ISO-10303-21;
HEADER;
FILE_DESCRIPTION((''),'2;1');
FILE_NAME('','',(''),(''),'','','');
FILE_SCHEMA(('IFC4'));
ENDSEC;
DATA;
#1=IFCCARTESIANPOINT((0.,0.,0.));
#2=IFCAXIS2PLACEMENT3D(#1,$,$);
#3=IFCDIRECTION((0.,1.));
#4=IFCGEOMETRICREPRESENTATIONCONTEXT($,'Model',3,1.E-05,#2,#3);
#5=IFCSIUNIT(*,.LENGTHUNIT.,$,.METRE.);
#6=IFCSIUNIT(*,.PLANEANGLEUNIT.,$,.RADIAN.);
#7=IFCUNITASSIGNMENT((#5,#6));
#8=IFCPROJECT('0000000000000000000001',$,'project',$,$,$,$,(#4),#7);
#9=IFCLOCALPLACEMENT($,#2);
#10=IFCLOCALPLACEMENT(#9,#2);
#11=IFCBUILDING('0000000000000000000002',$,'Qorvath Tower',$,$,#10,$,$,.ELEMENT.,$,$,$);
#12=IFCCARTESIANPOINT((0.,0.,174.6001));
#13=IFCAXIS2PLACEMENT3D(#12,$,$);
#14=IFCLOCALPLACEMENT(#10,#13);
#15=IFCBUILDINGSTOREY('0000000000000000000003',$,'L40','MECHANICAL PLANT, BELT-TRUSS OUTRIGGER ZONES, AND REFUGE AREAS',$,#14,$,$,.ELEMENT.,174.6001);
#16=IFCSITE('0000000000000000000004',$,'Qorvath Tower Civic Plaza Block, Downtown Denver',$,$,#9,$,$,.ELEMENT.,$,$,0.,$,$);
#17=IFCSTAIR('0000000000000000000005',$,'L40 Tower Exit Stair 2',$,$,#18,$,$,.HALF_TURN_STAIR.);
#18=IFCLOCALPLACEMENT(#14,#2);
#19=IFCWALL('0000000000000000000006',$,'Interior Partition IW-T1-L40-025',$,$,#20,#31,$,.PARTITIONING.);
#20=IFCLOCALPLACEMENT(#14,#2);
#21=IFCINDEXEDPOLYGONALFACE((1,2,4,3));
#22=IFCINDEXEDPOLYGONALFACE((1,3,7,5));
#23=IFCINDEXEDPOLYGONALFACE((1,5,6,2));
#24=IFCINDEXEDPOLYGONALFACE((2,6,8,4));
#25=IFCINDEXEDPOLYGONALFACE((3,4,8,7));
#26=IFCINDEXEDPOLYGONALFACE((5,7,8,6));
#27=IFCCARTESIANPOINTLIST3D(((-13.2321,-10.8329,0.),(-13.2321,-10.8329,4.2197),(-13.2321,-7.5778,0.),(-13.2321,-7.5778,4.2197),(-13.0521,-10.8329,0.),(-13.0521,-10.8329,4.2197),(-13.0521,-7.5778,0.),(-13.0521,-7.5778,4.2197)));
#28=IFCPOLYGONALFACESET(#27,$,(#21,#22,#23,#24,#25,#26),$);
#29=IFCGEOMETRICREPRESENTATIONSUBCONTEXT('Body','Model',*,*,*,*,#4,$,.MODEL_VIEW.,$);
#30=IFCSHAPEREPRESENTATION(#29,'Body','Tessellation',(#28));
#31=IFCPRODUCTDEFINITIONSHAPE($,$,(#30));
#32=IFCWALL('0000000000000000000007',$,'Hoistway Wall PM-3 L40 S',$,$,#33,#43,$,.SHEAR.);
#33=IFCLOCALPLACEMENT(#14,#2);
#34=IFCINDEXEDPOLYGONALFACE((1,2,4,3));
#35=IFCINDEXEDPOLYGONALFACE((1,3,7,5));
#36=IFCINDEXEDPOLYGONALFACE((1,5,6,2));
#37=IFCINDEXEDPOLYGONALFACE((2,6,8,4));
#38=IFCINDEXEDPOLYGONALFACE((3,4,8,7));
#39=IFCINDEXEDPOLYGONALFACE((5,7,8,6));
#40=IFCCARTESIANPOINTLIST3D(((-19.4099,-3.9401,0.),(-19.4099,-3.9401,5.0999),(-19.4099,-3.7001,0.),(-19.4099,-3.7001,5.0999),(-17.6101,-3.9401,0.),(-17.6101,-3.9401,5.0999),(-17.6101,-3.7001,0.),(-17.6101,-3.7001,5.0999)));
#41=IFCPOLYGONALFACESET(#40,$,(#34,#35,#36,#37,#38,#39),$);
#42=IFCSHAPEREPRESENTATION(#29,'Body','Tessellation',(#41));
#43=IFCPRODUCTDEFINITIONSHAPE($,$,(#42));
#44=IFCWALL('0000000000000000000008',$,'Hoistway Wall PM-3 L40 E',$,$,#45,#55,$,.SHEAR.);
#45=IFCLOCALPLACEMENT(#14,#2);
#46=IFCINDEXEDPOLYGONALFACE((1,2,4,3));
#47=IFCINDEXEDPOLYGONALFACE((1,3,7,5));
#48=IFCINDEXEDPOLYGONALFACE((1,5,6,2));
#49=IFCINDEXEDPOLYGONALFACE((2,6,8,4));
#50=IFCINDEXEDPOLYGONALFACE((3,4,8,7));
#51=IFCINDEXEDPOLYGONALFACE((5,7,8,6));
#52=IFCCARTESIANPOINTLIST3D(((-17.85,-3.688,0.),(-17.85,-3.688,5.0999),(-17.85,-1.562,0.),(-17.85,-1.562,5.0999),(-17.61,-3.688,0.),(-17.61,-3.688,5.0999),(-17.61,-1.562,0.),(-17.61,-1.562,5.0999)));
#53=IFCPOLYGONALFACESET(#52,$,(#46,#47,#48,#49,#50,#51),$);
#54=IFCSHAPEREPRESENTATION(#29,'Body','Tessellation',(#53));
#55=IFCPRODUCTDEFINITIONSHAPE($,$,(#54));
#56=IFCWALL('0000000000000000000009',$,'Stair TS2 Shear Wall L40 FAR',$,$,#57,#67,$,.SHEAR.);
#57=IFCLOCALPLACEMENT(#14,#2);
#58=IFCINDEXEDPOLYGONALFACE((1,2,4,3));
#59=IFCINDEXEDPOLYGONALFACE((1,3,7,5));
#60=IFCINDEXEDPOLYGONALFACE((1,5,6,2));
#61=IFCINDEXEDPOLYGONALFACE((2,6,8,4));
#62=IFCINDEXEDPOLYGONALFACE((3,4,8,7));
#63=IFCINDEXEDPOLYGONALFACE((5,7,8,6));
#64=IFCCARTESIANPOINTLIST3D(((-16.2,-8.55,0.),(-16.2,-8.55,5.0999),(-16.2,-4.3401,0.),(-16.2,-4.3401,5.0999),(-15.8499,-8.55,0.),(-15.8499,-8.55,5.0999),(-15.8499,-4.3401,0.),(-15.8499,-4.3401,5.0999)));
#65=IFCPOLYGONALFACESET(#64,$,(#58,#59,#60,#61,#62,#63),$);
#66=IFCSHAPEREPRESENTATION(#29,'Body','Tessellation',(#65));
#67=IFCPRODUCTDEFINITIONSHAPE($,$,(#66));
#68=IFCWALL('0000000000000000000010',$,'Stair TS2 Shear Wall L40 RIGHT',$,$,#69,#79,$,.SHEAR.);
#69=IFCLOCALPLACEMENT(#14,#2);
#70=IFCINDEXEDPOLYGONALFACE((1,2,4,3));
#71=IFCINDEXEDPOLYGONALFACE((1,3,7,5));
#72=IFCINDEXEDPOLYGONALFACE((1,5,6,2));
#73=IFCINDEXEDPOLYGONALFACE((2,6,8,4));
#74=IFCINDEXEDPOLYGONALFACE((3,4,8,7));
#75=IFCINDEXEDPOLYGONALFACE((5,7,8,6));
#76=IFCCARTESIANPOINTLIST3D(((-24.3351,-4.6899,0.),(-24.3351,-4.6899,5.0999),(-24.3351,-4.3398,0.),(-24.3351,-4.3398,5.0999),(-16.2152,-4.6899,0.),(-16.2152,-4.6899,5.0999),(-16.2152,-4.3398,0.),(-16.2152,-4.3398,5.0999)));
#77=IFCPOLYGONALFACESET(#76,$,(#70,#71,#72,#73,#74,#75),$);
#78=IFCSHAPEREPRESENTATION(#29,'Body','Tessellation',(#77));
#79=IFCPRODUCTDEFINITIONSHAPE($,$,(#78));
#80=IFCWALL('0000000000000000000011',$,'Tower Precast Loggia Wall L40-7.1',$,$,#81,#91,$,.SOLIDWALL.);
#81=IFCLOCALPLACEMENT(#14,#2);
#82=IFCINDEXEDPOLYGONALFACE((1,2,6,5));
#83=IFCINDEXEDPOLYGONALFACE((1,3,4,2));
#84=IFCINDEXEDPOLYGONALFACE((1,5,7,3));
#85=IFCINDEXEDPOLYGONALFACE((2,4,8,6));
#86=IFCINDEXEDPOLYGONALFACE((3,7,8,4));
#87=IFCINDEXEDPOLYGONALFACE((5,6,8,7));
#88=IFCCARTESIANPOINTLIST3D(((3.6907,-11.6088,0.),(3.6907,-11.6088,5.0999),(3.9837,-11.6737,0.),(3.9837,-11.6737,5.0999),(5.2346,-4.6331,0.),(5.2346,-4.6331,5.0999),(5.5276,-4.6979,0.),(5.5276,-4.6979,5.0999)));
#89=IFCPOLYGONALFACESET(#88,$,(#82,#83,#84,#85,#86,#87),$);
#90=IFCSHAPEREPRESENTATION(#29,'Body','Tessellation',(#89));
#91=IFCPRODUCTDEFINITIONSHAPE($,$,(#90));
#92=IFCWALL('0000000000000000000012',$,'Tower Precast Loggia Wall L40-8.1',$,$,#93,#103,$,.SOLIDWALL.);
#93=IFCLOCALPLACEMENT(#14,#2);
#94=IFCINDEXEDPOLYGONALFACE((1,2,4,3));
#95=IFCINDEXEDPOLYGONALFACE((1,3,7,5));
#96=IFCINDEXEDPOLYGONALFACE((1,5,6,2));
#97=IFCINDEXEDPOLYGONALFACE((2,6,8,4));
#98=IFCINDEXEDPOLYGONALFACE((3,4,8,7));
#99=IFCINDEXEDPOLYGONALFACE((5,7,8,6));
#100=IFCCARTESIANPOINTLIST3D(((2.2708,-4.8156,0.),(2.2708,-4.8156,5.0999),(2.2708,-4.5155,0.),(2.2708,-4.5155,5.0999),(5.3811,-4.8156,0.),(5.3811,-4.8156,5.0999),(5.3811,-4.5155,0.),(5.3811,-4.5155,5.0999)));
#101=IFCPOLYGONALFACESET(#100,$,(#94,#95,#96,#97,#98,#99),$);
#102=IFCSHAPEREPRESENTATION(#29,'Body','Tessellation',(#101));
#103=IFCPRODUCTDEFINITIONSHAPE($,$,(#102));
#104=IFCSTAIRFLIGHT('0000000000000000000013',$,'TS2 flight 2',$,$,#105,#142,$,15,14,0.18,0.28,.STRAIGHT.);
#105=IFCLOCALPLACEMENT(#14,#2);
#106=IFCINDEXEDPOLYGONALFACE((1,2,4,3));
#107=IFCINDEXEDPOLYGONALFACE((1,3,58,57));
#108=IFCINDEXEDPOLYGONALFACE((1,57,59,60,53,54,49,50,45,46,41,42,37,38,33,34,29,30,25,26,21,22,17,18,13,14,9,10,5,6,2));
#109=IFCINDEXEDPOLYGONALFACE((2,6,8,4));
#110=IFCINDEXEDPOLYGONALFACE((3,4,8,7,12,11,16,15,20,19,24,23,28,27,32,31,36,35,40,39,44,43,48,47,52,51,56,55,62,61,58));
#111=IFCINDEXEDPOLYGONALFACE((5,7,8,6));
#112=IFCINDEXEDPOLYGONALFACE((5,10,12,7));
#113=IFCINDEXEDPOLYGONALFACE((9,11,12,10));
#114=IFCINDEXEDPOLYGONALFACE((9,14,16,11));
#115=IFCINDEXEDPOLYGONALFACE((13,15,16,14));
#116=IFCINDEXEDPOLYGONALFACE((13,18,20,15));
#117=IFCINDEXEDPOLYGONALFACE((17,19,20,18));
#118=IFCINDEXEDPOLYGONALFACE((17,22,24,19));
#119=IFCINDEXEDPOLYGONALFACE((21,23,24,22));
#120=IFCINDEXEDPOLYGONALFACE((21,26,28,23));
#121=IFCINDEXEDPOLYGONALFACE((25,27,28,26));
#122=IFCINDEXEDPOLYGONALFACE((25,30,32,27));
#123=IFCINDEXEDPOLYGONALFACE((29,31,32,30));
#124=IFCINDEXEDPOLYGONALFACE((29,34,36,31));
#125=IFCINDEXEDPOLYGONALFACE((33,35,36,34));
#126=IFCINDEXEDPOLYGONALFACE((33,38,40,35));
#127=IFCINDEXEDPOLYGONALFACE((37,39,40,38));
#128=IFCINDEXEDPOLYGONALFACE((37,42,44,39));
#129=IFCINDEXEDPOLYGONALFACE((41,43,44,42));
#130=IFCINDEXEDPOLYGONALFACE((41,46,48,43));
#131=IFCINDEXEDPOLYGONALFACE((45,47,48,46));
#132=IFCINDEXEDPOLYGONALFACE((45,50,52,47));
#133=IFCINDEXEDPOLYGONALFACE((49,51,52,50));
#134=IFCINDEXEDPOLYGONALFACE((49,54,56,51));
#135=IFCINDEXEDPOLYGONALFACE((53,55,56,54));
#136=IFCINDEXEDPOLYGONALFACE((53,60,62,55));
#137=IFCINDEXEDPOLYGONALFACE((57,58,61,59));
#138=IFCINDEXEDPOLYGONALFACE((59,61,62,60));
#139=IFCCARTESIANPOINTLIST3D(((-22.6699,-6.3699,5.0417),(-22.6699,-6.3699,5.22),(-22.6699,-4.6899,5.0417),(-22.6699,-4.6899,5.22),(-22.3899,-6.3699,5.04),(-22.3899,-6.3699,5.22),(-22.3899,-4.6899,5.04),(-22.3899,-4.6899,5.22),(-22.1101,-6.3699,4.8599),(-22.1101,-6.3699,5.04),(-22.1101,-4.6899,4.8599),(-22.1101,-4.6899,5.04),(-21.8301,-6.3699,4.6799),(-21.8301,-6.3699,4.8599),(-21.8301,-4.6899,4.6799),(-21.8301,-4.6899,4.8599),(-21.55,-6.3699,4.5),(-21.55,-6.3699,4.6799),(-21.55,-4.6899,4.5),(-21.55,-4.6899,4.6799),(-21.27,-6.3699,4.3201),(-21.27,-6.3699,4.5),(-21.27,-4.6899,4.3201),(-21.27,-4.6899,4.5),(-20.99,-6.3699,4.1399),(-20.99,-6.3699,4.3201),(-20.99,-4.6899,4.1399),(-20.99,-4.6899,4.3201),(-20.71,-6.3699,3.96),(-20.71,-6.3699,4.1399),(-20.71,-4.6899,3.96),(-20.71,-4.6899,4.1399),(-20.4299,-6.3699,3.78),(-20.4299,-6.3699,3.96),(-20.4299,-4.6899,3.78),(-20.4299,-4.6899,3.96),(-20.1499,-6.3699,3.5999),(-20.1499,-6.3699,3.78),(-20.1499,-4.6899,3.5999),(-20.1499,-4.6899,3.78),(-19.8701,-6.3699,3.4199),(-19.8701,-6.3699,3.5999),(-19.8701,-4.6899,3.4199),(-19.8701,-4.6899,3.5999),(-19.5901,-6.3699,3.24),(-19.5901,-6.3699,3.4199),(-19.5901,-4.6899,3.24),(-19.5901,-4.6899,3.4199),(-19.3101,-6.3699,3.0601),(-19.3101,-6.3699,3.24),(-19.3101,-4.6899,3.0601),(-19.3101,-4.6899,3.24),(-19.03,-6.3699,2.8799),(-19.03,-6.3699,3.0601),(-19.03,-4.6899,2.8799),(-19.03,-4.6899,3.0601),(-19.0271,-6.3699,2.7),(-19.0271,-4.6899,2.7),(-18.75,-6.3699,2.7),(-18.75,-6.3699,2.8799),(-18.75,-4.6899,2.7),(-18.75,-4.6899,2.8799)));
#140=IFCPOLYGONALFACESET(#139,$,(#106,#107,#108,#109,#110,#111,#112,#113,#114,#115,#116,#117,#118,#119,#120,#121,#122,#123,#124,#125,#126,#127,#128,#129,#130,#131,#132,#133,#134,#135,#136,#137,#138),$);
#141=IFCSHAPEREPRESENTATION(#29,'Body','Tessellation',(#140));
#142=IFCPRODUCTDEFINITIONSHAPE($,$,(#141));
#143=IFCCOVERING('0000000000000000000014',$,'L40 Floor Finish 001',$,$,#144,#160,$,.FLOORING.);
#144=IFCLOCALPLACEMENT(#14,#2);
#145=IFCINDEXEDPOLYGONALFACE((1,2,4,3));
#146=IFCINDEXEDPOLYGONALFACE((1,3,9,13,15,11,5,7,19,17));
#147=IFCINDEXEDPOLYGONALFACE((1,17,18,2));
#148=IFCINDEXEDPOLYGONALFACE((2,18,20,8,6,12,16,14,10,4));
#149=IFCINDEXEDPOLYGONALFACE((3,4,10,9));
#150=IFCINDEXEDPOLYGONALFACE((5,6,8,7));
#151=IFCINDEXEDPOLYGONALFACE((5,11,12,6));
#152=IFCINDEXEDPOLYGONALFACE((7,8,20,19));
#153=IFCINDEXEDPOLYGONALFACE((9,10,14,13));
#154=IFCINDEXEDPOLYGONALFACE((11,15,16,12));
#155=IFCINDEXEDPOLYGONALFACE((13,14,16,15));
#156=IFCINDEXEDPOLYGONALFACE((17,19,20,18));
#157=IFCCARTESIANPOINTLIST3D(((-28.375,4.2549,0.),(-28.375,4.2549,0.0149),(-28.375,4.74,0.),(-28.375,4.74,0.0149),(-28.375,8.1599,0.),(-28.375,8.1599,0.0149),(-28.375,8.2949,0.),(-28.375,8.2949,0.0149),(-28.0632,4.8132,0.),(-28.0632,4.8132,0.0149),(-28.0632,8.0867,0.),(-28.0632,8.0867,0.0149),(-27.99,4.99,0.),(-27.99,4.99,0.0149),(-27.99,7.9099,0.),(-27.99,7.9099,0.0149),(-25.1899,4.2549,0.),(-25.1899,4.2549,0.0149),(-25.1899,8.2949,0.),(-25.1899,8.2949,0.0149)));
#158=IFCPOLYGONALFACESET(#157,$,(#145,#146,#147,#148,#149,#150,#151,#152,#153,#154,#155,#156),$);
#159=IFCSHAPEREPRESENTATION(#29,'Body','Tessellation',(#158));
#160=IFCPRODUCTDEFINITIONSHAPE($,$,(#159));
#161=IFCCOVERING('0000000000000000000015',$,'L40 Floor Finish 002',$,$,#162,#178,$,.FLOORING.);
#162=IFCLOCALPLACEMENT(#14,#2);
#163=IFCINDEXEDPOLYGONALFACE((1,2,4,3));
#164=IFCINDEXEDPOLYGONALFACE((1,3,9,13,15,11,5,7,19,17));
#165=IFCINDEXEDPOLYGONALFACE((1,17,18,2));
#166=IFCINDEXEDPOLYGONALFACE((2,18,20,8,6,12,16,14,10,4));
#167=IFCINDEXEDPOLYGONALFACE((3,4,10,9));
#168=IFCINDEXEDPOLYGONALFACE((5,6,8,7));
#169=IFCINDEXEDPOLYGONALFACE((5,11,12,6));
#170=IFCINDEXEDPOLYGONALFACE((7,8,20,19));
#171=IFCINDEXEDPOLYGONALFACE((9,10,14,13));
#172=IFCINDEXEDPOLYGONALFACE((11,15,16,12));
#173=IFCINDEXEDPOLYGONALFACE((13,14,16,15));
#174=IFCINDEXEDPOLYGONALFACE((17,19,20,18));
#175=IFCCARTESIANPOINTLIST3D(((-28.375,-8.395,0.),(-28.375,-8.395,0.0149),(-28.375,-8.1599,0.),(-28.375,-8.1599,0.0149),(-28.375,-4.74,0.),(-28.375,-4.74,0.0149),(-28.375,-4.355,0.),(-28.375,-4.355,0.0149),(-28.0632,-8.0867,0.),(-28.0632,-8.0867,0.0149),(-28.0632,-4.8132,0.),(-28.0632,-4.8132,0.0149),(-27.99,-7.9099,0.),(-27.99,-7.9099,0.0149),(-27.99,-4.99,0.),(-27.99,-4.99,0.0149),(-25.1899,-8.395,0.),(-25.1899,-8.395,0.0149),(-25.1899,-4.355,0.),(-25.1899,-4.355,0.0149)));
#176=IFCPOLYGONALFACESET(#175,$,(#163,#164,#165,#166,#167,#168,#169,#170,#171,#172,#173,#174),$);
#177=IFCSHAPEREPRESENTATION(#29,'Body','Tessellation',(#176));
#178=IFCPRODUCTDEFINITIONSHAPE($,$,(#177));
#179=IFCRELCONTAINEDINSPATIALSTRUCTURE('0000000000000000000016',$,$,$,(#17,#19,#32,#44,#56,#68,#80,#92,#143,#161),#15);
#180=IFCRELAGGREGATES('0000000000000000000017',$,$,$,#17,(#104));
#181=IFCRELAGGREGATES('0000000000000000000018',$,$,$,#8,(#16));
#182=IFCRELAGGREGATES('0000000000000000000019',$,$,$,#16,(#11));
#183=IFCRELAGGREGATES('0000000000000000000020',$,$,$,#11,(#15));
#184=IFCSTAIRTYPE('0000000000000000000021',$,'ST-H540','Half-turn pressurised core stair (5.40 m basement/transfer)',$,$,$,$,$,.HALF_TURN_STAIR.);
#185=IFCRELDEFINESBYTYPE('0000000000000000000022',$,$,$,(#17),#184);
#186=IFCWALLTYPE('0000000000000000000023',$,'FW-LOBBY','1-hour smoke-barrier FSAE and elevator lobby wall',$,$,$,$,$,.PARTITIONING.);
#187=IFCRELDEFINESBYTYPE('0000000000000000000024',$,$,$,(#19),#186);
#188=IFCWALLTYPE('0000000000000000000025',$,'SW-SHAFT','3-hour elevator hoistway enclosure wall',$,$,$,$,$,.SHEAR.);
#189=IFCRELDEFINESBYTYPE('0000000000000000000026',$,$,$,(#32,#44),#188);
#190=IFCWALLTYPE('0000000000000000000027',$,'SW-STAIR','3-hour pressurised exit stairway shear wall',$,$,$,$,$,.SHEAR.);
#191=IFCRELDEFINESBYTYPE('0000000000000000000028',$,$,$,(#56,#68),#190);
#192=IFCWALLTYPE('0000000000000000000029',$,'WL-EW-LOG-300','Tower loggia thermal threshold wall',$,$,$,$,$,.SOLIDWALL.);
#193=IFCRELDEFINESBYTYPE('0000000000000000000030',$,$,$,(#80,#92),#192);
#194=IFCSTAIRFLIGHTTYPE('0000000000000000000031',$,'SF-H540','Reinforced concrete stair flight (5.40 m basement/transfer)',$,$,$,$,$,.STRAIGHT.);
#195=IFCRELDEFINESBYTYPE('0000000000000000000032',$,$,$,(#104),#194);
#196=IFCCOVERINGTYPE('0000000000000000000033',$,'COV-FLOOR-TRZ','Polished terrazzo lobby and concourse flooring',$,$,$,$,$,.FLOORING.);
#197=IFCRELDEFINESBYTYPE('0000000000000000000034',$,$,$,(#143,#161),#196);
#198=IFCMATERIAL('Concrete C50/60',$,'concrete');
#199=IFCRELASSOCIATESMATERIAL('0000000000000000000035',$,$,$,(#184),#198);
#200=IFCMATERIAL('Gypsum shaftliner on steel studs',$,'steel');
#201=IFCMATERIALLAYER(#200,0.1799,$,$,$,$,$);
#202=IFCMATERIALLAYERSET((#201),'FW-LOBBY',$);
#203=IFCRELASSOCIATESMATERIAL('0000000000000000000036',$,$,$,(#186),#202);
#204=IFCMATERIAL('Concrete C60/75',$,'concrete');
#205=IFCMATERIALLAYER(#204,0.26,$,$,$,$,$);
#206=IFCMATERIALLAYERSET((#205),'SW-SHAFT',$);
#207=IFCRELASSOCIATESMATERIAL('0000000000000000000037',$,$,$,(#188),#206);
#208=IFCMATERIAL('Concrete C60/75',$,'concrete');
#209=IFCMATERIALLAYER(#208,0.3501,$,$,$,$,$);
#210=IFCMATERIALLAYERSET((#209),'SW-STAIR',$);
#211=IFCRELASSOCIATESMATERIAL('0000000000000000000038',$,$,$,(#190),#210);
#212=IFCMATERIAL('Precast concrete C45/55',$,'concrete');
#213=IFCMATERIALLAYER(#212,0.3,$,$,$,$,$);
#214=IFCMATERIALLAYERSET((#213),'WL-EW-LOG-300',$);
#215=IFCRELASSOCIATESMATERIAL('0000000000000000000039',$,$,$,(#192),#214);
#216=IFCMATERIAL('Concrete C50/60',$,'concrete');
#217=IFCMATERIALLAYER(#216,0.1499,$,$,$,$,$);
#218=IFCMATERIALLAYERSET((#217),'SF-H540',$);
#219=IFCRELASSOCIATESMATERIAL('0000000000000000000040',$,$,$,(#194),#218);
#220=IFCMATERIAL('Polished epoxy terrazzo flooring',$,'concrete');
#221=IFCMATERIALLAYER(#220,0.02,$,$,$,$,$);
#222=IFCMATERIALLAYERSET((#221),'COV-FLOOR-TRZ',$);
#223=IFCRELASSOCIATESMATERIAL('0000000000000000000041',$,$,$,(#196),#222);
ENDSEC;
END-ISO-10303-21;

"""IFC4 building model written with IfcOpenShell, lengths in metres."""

from ifc_helpers import new_model, si_unit, direction, frame, frame_2d, origin, place, context, subcontext, project, spatial, polyline, rectangle, outline, extrude, material, layer, layer_set, type_object, element, aggregate, save


model = new_model("IFC4")

# Units and contexts
model_context = context("Model", 3, precision=1e-05, world=origin(), true_north=direction((0.0, 1.0)))
body_context = subcontext(model_context, "Body", "Model", "MODEL_VIEW")
ifc_project = project(units=[si_unit("LENGTHUNIT", "METRE"), si_unit("PLANEANGLEUNIT", "RADIAN")], contexts=[model_context])

# Site, building, storey
site_placement = place(None, origin())
site = spatial("IfcSite", under=ifc_project, at=site_placement, Name="Qorvath Tower Civic Plaza Block, Downtown Denver", CompositionType="ELEMENT", RefElevation=0.0)
building_placement = place(site_placement, origin())
building = spatial("IfcBuilding", under=site, at=building_placement, Name="Qorvath Tower", CompositionType="ELEMENT")
storey_placement = place(building_placement, frame((0.0, 0.0, 174.6001)))
storey = spatial("IfcBuildingStorey", under=building, at=storey_placement, Name="L40", Description="MECHANICAL PLANT, BELT-TRUSS OUTRIGGER ZONES, AND REFUGE AREAS", CompositionType="ELEMENT", Elevation=174.6001)

# Stair
ifc_material_1 = material(Name="Concrete C50/60", Category="concrete")
stair_type = type_object("IfcStairType", Name="ST-H540", Description="Half-turn pressurised core stair (5.40 m basement/transfer)", PredefinedType="HALF_TURN_STAIR", material=ifc_material_1)
stair_1_placement = place(storey_placement, origin())
stair_1 = element("IfcStair", 1, at=stair_1_placement, inside=storey, type_object=stair_type, Name="L40 Tower Exit Stair 2", PredefinedType="HALF_TURN_STAIR")

# Shared definitions
ifc_material_2 = material(Name="Gypsum shaftliner on steel studs", Category="steel")
ifc_layer_1 = layer(ifc_material_2, 0.1799)
ifc_layer_set_1 = layer_set([ifc_layer_1], Name="FW-LOBBY")
wall_type_1 = type_object("IfcWallType", Name="FW-LOBBY", Description="1-hour smoke-barrier FSAE and elevator lobby wall", PredefinedType="PARTITIONING", material=ifc_layer_set_1)

# Walls
wall_1_placement = place(storey_placement, frame((-13.1421, -7.5779, 0.0), z_axis=(0.0, 0.0, 1.0), x_axis=(0.0, -1.0, 0.0)))
element("IfcWall", 2, at=wall_1_placement, inside=storey, type_object=wall_type_1, Name="Interior Partition IW-T1-L40-025", PredefinedType="PARTITIONING", context=body_context, shape_type="SweptSolid", body=[
    extrude(rectangle(XDim=3.2551, YDim=0.1799, at=frame_2d((1.6274, 0.0))), origin(), (0.0, 0.0, 1.0), 4.2197),
])
ifc_material_3 = material(Name="Concrete C60/75", Category="concrete")
ifc_layer_2 = layer(ifc_material_3, 0.26)
ifc_layer_set_2 = layer_set([ifc_layer_2], Name="SW-SHAFT")
wall_type_2 = type_object("IfcWallType", Name="SW-SHAFT", Description="3-hour elevator hoistway enclosure wall", PredefinedType="SHEAR", material=ifc_layer_set_2)
wall_2_placement = place(storey_placement, frame((-17.6101, -3.8201, 0.0), z_axis=(0.0, 0.0, 1.0), x_axis=(-1.0, 0.0, 0.0)))
element("IfcWall", 3, at=wall_2_placement, inside=storey, type_object=wall_type_2, Name="Hoistway Wall PM-3 L40 S", PredefinedType="SHEAR", context=body_context, shape_type="SweptSolid", body=[
    extrude(rectangle(XDim=1.7998, YDim=0.24, at=frame_2d((0.8999, 0.0))), origin(), (0.0, 0.0, 1.0), 5.0999),
])
wall_3_placement = place(storey_placement, frame((-17.73, -1.562, 0.0), z_axis=(0.0, 0.0, 1.0), x_axis=(0.0, -1.0, 0.0)))
element("IfcWall", 4, at=wall_3_placement, inside=storey, type_object=wall_type_2, Name="Hoistway Wall PM-3 L40 E", PredefinedType="SHEAR", context=body_context, shape_type="SweptSolid", body=[
    extrude(rectangle(XDim=2.126, YDim=0.24, at=frame_2d((1.063, 0.0))), origin(), (0.0, 0.0, 1.0), 5.0999),
])
ifc_material_4 = material(Name="Concrete C60/75", Category="concrete")
ifc_layer_3 = layer(ifc_material_4, 0.3501)
ifc_layer_set_3 = layer_set([ifc_layer_3], Name="SW-STAIR")
wall_type_3 = type_object("IfcWallType", Name="SW-STAIR", Description="3-hour pressurised exit stairway shear wall", PredefinedType="SHEAR", material=ifc_layer_set_3)
wall_4_placement = place(storey_placement, frame((-16.0249, -8.55, 0.0), z_axis=(0.0, 0.0, 1.0), x_axis=(0.0, 1.0, 0.0)))
element("IfcWall", 5, at=wall_4_placement, inside=storey, type_object=wall_type_3, Name="Stair TS2 Shear Wall L40 FAR", PredefinedType="SHEAR", context=body_context, shape_type="SweptSolid", body=[
    extrude(rectangle(XDim=4.21, YDim=0.3501, at=frame_2d((2.105, 0.0))), origin(), (0.0, 0.0, 1.0), 5.0999),
])
wall_5_placement = place(storey_placement, frame((-16.2151, -4.5149, 0.0), z_axis=(0.0, 0.0, 1.0), x_axis=(-1.0, 0.0, 0.0)))
element("IfcWall", 6, at=wall_5_placement, inside=storey, type_object=wall_type_3, Name="Stair TS2 Shear Wall L40 RIGHT", PredefinedType="SHEAR", context=body_context, shape_type="SweptSolid", body=[
    extrude(rectangle(XDim=8.1199, YDim=0.3501, at=frame_2d((4.0601, 0.0))), origin(), (0.0, 0.0, 1.0), 5.0999),
])
ifc_material_5 = material(Name="Precast concrete C45/55", Category="concrete")
ifc_layer_4 = layer(ifc_material_5, 0.3)
ifc_layer_set_4 = layer_set([ifc_layer_4], Name="WL-EW-LOG-300")
wall_type_4 = type_object("IfcWallType", Name="WL-EW-LOG-300", Description="Tower loggia thermal threshold wall", PredefinedType="SOLIDWALL", material=ifc_layer_set_4)
wall_6_placement = place(storey_placement, frame((5.3811, -4.6655, 0.0), z_axis=(0.0, 0.0, 1.0), x_axis=(-0.216098, -0.976372, 0.0)))
element("IfcWall", 7, at=wall_6_placement, inside=storey, type_object=wall_type_4, Name="Tower Precast Loggia Wall L40-7.1", PredefinedType="SOLIDWALL", context=body_context, shape_type="SweptSolid", body=[
    extrude(rectangle(XDim=7.1445, YDim=0.3, at=frame_2d((3.5723, 0.0))), origin(), (0.0, 0.0, 1.0), 5.0999),
])
wall_7_placement = place(storey_placement, frame((5.3811, -4.6655, 0.0), z_axis=(0.0, 0.0, 1.0), x_axis=(-1.0, 0.0, 0.0)))
element("IfcWall", 8, at=wall_7_placement, inside=storey, type_object=wall_type_4, Name="Tower Precast Loggia Wall L40-8.1", PredefinedType="SOLIDWALL", context=body_context, shape_type="SweptSolid", body=[
    extrude(rectangle(XDim=3.1104, YDim=0.3, at=frame_2d((1.5552, 0.0))), origin(), (0.0, 0.0, 1.0), 5.0999),
])

# Stair flight
ifc_material_6 = material(Name="Concrete C50/60", Category="concrete")
ifc_layer_5 = layer(ifc_material_6, 0.1499)
ifc_layer_set_5 = layer_set([ifc_layer_5], Name="SF-H540")
stair_flight_type = type_object("IfcStairFlightType", Name="SF-H540", Description="Reinforced concrete stair flight (5.40 m basement/transfer)", PredefinedType="STRAIGHT", material=ifc_layer_set_5)
stair_flight_placement = place(storey_placement, frame((-18.75, -5.53, 2.7), z_axis=(0.0, 0.0, 1.0), x_axis=(-1.0, 0.0, 0.0)))
stair_flight = element("IfcStairFlight", 9, at=stair_flight_placement, type_object=stair_flight_type, Name="TS2 flight 2", NumberOfRisers=15, NumberOfTreads=14, PredefinedType="STRAIGHT", RiserHeight=0.18, TreadLength=0.28, context=body_context, shape_type="SweptSolid", body=[
    extrude(outline(polyline([(0.0, 0.0), (0.0, 0.1799), (0.28, 0.1799), (0.28, 0.3601), (0.5601, 0.3601), (0.5601, 0.54), (0.8401, 0.54), (0.8401, 0.72), (1.1201, 0.72), (1.1201, 0.8999), (1.3999, 0.8999), (1.3999, 1.0801), (1.6799, 1.0801), (1.6799, 1.26), (1.96, 1.26), (1.96, 1.4399), (2.24, 1.4399), (2.24, 1.6201), (2.52, 1.6201), (2.52, 1.8), (2.8, 1.8), (2.8, 1.98), (3.0801, 1.98), (3.0801, 2.1599), (3.3601, 2.1599), (3.3601, 2.3401), (3.6399, 2.3401), (3.6399, 2.52), (3.9199, 2.52), (3.9199, 2.7), (3.9199, 2.3418), (0.2771, 0.0), (0.0, 0.0)])), frame((0.0, 0.8398, 0.0), z_axis=(0.0, -1.0, 0.0), x_axis=(1.0, 0.0, 0.0)), (0.0, 0.0, 1.0), 1.6799),
])
aggregate(stair_1, [stair_flight])

# Coverings
ifc_material_7 = material(Name="Polished epoxy terrazzo flooring", Category="concrete")
ifc_layer_6 = layer(ifc_material_7, 0.02)
ifc_layer_set_6 = layer_set([ifc_layer_6], Name="COV-FLOOR-TRZ")
covering_type = type_object("IfcCoveringType", Name="COV-FLOOR-TRZ", Description="Polished terrazzo lobby and concourse flooring", PredefinedType="FLOORING", material=ifc_layer_set_6)
covering_1_placement = place(storey_placement, origin())
element("IfcCovering", 10, at=covering_1_placement, inside=storey, type_object=covering_type, Name="L40 Floor Finish 001", PredefinedType="FLOORING", context=body_context, shape_type="SweptSolid", body=[
    extrude(outline(polyline([(-25.1899, 4.2549), (-25.1899, 8.2949), (-28.375, 8.2949), (-28.375, 8.1599), (-28.0632, 8.0867), (-27.99, 7.9099), (-27.99, 4.99), (-28.0632, 4.8132), (-28.375, 4.74), (-28.375, 4.2549), (-25.1899, 4.2549)])), origin(), (0.0, 0.0, 1.0), 0.0149),
])
covering_2_placement = place(storey_placement, origin())
element("IfcCovering", 11, at=covering_2_placement, inside=storey, type_object=covering_type, Name="L40 Floor Finish 002", PredefinedType="FLOORING", context=body_context, shape_type="SweptSolid", body=[
    extrude(outline(polyline([(-25.1899, -8.395), (-25.1899, -4.355), (-28.375, -4.355), (-28.375, -4.74), (-28.0632, -4.8132), (-27.99, -4.99), (-27.99, -7.9099), (-28.0632, -8.0867), (-28.375, -8.1599), (-28.375, -8.395), (-25.1899, -8.395)])), origin(), (0.0, 0.0, 1.0), 0.0149),
])

save(model, "model.ifc")
